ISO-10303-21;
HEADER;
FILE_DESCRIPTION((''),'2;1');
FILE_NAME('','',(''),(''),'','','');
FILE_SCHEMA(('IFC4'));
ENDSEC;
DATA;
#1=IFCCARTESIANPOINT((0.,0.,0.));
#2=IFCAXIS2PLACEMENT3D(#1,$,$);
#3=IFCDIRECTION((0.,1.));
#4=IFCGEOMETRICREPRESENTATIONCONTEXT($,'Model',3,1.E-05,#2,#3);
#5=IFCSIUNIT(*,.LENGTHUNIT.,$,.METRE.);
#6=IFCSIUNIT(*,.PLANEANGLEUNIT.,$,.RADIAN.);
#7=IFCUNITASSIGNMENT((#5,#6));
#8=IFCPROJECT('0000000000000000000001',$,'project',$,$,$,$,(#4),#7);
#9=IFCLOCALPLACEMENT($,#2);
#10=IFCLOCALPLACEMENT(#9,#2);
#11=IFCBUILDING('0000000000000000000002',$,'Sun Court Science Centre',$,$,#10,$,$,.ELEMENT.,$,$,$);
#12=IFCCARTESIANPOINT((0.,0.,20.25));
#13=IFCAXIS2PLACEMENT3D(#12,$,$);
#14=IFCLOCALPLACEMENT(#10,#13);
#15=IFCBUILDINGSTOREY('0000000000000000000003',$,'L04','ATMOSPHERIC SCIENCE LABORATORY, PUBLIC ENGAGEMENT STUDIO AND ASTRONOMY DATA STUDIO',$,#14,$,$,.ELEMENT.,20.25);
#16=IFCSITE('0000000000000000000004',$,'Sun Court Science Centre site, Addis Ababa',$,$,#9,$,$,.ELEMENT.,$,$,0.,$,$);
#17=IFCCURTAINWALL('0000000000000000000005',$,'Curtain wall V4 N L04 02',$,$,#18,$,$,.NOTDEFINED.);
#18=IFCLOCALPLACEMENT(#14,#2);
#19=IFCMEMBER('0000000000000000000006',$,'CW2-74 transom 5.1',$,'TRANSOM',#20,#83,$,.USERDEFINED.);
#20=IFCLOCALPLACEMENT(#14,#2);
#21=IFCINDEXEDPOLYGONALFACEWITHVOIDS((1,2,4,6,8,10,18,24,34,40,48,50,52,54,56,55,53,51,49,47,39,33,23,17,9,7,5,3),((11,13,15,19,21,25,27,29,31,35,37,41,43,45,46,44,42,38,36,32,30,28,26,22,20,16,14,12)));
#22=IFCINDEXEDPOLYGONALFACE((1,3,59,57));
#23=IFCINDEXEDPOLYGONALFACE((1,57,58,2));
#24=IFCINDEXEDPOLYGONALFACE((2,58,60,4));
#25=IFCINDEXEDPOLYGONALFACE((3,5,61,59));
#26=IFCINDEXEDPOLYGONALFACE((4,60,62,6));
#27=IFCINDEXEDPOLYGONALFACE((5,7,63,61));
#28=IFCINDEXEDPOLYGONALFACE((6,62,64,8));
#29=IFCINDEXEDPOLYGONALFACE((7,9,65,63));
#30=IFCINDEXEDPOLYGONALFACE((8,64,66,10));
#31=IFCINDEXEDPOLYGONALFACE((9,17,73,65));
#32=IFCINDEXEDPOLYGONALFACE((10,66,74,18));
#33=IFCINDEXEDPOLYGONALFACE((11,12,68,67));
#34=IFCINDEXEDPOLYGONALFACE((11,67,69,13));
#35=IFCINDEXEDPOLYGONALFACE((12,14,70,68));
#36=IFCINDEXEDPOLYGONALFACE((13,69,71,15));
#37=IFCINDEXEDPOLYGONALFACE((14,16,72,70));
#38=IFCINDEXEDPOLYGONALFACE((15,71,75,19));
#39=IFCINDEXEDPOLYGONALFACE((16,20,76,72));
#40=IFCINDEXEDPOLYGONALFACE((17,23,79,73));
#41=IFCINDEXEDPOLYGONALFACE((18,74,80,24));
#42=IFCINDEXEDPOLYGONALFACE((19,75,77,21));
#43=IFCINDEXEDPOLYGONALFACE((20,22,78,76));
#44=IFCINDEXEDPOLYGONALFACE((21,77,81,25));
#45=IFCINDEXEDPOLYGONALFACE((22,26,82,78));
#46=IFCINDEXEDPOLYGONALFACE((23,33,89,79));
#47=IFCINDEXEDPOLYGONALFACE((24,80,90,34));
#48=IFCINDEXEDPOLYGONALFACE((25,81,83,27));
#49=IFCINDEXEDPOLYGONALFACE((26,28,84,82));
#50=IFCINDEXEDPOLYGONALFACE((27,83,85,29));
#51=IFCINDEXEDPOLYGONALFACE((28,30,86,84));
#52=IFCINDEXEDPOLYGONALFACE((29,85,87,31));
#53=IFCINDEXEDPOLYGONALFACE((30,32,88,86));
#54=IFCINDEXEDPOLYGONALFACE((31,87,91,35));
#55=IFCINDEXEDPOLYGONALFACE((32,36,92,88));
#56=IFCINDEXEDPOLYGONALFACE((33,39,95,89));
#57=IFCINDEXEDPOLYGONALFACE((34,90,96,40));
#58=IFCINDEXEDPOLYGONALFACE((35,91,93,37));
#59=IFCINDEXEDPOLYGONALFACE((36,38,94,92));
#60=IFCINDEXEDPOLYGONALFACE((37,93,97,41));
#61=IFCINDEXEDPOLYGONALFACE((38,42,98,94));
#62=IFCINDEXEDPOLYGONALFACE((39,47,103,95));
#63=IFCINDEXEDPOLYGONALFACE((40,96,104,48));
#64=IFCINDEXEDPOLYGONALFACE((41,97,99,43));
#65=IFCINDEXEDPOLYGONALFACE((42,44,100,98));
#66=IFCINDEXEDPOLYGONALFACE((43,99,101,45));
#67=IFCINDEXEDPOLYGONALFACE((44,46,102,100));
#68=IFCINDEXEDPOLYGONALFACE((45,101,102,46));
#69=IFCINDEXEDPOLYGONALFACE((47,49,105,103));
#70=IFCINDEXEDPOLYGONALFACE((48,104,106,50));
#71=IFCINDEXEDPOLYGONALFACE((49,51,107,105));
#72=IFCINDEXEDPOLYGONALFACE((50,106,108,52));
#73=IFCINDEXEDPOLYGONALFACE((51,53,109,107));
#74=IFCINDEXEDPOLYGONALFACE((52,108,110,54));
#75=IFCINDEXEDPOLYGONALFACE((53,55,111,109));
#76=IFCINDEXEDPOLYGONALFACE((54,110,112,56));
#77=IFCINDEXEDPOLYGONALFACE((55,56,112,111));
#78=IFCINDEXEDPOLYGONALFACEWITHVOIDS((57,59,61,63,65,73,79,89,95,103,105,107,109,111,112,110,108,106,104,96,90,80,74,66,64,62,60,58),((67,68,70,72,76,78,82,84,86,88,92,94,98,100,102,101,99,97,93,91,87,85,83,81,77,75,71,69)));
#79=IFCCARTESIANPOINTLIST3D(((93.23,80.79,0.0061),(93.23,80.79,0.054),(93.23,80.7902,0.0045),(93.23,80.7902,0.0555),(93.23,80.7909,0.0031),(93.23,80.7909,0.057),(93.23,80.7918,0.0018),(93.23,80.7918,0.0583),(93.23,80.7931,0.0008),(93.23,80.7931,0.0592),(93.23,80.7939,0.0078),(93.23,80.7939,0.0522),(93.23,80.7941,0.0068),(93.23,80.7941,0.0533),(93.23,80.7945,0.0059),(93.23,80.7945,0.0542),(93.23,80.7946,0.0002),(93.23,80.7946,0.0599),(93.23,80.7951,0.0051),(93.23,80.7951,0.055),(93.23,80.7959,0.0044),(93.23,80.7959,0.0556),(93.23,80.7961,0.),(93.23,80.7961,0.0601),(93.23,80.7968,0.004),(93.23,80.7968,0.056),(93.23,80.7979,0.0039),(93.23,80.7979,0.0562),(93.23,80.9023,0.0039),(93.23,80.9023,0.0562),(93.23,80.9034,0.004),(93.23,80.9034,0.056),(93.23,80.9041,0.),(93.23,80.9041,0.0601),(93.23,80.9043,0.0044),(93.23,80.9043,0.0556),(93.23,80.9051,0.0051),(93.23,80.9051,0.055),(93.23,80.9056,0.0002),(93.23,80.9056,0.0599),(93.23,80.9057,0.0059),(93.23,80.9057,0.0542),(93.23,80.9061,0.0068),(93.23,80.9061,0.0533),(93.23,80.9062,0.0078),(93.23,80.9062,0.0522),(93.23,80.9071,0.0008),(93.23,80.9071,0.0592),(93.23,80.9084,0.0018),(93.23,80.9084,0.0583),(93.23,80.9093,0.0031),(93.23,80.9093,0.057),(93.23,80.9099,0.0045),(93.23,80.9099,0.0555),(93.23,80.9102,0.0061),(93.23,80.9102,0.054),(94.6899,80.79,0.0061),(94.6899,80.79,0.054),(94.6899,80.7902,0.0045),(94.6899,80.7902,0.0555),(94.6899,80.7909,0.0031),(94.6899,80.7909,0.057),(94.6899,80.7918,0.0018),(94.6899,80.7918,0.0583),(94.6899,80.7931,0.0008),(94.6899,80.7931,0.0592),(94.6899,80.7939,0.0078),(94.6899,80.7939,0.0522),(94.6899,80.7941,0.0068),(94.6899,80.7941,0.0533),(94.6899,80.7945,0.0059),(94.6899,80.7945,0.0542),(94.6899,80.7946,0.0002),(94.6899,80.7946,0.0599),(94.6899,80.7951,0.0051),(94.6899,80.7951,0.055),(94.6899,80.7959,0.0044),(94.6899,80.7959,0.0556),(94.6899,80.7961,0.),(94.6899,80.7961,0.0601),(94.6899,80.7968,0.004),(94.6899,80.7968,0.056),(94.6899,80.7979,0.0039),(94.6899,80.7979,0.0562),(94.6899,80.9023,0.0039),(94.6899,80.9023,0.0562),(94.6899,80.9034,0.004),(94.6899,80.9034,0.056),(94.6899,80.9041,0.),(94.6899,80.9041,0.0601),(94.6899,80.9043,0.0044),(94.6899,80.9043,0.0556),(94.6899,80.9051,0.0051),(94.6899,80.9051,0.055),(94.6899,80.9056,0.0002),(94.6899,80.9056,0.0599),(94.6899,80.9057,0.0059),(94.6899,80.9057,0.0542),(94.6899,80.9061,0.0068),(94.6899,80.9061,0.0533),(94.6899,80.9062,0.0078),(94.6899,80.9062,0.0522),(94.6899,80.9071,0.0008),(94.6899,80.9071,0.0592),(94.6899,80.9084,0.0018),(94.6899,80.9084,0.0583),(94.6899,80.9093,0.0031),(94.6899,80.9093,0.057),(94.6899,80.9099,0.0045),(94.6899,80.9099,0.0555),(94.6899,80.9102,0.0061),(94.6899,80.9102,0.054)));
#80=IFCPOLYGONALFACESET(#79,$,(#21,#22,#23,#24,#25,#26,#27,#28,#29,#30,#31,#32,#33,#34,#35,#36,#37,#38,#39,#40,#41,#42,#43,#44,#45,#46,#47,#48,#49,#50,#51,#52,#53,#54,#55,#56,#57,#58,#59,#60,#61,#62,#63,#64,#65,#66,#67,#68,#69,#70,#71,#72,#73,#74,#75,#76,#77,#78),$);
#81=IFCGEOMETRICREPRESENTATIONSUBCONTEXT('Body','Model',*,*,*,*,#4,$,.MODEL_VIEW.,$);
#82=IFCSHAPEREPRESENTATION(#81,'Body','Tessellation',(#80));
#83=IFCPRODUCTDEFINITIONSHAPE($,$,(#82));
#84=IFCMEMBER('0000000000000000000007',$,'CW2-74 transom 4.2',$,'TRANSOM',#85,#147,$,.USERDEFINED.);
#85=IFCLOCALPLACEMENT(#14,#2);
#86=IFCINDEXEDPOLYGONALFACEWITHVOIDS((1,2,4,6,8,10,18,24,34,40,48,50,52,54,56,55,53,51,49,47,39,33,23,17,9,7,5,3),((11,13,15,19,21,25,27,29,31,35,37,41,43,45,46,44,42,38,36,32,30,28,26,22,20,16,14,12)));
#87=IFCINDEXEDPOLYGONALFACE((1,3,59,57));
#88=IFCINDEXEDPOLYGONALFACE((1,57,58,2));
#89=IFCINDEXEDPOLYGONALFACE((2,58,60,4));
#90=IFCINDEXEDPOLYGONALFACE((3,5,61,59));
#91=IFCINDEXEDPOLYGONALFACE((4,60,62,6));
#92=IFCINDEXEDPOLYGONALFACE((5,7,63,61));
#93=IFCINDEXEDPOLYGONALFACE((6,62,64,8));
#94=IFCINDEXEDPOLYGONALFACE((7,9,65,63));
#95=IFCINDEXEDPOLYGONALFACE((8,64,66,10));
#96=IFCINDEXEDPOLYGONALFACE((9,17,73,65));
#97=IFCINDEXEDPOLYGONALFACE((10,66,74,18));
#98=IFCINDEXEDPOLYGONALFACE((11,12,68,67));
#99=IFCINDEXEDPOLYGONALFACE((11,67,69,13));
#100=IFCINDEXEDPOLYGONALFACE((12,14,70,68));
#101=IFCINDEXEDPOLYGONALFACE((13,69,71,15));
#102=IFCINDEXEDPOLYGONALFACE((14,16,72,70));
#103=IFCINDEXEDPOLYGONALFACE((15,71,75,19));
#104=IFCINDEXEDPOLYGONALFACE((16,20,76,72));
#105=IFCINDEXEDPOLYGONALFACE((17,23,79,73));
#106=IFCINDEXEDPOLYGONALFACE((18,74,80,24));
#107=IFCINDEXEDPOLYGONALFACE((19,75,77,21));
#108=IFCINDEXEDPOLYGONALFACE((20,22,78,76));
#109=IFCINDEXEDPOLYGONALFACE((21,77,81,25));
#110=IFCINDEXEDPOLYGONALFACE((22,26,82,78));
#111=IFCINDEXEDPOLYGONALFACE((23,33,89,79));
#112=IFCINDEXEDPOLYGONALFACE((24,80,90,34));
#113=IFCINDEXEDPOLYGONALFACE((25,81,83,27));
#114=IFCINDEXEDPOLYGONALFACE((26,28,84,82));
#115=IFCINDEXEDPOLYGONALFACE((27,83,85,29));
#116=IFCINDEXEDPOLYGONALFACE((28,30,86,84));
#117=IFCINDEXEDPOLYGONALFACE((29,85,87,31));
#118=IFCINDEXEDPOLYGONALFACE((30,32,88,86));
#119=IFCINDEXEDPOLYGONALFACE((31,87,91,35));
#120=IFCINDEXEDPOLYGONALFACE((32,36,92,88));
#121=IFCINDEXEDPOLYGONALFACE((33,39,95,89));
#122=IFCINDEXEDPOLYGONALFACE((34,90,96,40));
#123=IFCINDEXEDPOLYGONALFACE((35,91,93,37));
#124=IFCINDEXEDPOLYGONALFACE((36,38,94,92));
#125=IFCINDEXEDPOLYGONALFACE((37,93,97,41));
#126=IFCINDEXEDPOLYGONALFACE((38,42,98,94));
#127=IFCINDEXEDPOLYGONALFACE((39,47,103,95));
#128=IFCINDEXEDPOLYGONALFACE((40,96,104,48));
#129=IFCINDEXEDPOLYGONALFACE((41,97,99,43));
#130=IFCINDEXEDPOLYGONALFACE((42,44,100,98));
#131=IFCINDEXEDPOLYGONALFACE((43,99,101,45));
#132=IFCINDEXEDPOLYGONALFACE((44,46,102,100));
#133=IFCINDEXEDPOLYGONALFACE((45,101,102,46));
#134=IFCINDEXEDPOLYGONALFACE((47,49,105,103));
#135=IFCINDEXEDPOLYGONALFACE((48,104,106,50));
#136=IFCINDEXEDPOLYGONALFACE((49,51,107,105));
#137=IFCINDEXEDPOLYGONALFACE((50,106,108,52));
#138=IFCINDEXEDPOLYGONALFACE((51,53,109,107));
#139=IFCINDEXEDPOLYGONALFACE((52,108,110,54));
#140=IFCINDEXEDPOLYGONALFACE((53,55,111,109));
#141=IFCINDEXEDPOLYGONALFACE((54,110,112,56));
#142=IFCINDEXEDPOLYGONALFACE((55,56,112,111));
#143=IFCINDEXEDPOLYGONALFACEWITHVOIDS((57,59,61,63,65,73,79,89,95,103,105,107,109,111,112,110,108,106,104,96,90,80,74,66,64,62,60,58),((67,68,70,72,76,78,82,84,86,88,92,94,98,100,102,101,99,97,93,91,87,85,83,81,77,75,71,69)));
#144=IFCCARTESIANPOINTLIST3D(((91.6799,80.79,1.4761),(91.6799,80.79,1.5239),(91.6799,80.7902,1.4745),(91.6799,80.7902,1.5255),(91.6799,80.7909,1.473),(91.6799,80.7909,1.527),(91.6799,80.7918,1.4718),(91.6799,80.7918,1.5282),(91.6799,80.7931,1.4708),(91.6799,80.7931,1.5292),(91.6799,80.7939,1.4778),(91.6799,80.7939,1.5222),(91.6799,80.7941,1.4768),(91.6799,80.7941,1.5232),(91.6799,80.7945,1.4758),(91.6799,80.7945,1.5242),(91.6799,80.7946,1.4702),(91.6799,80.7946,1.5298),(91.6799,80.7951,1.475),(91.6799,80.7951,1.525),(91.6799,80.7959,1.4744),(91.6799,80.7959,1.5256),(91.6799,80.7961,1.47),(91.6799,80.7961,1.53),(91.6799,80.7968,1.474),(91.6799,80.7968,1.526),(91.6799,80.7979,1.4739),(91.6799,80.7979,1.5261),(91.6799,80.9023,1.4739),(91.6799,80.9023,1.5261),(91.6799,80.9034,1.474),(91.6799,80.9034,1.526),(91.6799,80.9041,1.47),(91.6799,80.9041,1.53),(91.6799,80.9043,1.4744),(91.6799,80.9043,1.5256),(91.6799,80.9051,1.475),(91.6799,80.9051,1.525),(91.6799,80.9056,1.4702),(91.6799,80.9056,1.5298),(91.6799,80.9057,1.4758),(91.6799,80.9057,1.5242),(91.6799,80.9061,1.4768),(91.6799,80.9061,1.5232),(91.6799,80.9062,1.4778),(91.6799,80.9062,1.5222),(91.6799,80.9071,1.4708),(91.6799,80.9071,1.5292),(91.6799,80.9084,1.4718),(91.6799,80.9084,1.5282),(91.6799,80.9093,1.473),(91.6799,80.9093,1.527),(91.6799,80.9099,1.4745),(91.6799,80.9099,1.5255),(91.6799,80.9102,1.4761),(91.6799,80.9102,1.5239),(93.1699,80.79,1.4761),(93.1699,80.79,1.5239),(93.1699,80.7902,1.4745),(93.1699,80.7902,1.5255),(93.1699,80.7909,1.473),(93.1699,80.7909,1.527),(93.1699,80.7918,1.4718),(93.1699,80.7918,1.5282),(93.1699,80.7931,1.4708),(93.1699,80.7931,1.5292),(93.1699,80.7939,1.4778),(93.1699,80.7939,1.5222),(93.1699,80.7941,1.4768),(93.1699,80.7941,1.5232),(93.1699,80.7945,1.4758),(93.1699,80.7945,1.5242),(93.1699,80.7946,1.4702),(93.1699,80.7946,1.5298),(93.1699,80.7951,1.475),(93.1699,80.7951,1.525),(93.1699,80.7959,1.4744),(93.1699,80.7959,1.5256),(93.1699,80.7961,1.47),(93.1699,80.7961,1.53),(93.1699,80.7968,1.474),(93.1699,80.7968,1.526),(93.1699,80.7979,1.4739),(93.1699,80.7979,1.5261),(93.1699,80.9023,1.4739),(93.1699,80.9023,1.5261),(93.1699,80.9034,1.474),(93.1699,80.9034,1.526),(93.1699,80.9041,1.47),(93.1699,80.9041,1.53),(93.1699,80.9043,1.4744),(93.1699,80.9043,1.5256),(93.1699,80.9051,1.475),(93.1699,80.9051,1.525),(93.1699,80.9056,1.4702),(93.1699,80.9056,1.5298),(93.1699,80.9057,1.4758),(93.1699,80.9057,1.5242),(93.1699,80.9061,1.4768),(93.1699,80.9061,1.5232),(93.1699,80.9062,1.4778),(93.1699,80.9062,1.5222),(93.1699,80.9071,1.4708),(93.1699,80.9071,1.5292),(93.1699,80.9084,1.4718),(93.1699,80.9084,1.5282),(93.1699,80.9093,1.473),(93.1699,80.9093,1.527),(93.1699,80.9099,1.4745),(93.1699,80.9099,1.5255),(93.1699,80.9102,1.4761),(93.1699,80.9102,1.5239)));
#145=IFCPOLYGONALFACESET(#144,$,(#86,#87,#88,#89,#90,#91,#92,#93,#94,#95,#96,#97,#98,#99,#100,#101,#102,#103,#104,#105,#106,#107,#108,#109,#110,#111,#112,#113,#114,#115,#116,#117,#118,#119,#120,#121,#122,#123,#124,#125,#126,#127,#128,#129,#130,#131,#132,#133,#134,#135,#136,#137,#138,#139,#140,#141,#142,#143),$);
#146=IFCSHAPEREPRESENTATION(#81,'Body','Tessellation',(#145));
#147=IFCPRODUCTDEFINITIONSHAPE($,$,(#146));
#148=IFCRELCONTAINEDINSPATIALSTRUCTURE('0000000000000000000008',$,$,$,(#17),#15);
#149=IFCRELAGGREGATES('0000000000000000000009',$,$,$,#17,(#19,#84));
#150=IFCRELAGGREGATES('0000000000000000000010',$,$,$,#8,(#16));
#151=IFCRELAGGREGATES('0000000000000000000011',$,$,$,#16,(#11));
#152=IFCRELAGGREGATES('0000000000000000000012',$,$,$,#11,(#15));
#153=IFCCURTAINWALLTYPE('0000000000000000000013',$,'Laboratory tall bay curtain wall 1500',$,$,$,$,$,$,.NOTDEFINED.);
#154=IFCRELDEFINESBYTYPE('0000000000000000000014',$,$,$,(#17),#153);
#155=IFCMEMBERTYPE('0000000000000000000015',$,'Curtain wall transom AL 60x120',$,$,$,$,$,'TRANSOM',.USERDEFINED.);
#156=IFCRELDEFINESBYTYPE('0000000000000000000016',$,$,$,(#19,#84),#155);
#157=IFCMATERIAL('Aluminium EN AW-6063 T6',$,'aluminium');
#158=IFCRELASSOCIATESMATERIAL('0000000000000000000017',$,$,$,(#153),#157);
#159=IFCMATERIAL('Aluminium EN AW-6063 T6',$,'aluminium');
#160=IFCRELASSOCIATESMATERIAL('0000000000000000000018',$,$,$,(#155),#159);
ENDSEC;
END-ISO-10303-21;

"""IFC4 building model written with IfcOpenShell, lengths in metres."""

from ifc_helpers import new_model, si_unit, direction, frame, origin, origin_2d, place, context, subcontext, project, spatial, hollow_rectangle, extrude, material, material_profile, profile_set, type_object, element, aggregate, save


model = new_model("IFC4")

# Units and contexts
model_context = context("Model", 3, precision=1e-05, world=origin(), true_north=direction((0.0, 1.0)))
body_context = subcontext(model_context, "Body", "Model", "MODEL_VIEW")
ifc_project = project(units=[si_unit("LENGTHUNIT", "METRE"), si_unit("PLANEANGLEUNIT", "RADIAN")], contexts=[model_context])

# Site, building, storey
site_placement = place(None, origin())
site = spatial("IfcSite", under=ifc_project, at=site_placement, Name="Sun Court Science Centre site, Addis Ababa", CompositionType="ELEMENT", RefElevation=0.0)
building_placement = place(site_placement, origin())
building = spatial("IfcBuilding", under=site, at=building_placement, Name="Sun Court Science Centre", CompositionType="ELEMENT")
storey_placement = place(building_placement, frame((0.0, 0.0, 20.25)))
storey = spatial("IfcBuildingStorey", under=building, at=storey_placement, Name="L04", Description="ATMOSPHERIC SCIENCE LABORATORY, PUBLIC ENGAGEMENT STUDIO AND ASTRONOMY DATA STUDIO", CompositionType="ELEMENT", Elevation=20.25)

# Curtain wall, members
ifc_material_1 = material(Name="Aluminium EN AW-6063 T6", Category="aluminium")
curtain_wall_type = type_object("IfcCurtainWallType", Name="Laboratory tall bay curtain wall 1500", PredefinedType="NOTDEFINED", material=ifc_material_1)
curtain_wall_placement = place(storey_placement, origin())
curtain_wall = element("IfcCurtainWall", 1, at=curtain_wall_placement, inside=storey, type_object=curtain_wall_type, Name="Curtain wall V4 N L04 02", PredefinedType="NOTDEFINED")
ifc_material_2 = material(Name="Aluminium EN AW-6063 T6", Category="aluminium")
ifc_material_profile_1 = material_profile(ifc_material_2, hollow_rectangle(XDim=0.0601, YDim=0.1201, WallThickness=0.0039, InnerFilletRadius=0.0039, OuterFilletRadius=0.0061, at=origin_2d()), Name="AL 60x120x4")
ifc_profile_set_1 = profile_set([ifc_material_profile_1], Name="Aluminium EN AW-6063 T6")
member_type_1 = type_object("IfcMemberType", Name="Curtain wall transom AL 60x120", ElementType="TRANSOM", PredefinedType="USERDEFINED", material=ifc_profile_set_1)
member_1_placement = place(storey_placement, frame((93.23, 80.8501, 0.03), z_axis=(1.0, 0.0, 0.0), x_axis=(0.0, 0.0, 1.0)))
member_1 = element("IfcMember", 2, at=member_1_placement, type_object=member_type_1, Name="CW2-74 transom 5.1", ObjectType="TRANSOM", PredefinedType="USERDEFINED", context=body_context, shape_type="SweptSolid", body=[
    extrude(hollow_rectangle(XDim=0.0601, YDim=0.1201, WallThickness=0.0039, InnerFilletRadius=0.0039, OuterFilletRadius=0.0061, at=origin_2d()), origin(), (0.0, 0.0, 1.0), 1.46),
])
member_2_placement = place(storey_placement, frame((91.6799, 80.8501, 1.5), z_axis=(1.0, 0.0, 0.0), x_axis=(0.0, 0.0, 1.0)))
member_2 = element("IfcMember", 3, at=member_2_placement, type_object=member_type_1, Name="CW2-74 transom 4.2", ObjectType="TRANSOM", PredefinedType="USERDEFINED", context=body_context, shape_type="SweptSolid", body=[
    extrude(hollow_rectangle(XDim=0.0601, YDim=0.1201, WallThickness=0.0039, InnerFilletRadius=0.0039, OuterFilletRadius=0.0061, at=origin_2d()), origin(), (0.0, 0.0, 1.0), 1.49),
])

aggregate(curtain_wall, [member_1, member_2])

save(model, "model.ifc")
